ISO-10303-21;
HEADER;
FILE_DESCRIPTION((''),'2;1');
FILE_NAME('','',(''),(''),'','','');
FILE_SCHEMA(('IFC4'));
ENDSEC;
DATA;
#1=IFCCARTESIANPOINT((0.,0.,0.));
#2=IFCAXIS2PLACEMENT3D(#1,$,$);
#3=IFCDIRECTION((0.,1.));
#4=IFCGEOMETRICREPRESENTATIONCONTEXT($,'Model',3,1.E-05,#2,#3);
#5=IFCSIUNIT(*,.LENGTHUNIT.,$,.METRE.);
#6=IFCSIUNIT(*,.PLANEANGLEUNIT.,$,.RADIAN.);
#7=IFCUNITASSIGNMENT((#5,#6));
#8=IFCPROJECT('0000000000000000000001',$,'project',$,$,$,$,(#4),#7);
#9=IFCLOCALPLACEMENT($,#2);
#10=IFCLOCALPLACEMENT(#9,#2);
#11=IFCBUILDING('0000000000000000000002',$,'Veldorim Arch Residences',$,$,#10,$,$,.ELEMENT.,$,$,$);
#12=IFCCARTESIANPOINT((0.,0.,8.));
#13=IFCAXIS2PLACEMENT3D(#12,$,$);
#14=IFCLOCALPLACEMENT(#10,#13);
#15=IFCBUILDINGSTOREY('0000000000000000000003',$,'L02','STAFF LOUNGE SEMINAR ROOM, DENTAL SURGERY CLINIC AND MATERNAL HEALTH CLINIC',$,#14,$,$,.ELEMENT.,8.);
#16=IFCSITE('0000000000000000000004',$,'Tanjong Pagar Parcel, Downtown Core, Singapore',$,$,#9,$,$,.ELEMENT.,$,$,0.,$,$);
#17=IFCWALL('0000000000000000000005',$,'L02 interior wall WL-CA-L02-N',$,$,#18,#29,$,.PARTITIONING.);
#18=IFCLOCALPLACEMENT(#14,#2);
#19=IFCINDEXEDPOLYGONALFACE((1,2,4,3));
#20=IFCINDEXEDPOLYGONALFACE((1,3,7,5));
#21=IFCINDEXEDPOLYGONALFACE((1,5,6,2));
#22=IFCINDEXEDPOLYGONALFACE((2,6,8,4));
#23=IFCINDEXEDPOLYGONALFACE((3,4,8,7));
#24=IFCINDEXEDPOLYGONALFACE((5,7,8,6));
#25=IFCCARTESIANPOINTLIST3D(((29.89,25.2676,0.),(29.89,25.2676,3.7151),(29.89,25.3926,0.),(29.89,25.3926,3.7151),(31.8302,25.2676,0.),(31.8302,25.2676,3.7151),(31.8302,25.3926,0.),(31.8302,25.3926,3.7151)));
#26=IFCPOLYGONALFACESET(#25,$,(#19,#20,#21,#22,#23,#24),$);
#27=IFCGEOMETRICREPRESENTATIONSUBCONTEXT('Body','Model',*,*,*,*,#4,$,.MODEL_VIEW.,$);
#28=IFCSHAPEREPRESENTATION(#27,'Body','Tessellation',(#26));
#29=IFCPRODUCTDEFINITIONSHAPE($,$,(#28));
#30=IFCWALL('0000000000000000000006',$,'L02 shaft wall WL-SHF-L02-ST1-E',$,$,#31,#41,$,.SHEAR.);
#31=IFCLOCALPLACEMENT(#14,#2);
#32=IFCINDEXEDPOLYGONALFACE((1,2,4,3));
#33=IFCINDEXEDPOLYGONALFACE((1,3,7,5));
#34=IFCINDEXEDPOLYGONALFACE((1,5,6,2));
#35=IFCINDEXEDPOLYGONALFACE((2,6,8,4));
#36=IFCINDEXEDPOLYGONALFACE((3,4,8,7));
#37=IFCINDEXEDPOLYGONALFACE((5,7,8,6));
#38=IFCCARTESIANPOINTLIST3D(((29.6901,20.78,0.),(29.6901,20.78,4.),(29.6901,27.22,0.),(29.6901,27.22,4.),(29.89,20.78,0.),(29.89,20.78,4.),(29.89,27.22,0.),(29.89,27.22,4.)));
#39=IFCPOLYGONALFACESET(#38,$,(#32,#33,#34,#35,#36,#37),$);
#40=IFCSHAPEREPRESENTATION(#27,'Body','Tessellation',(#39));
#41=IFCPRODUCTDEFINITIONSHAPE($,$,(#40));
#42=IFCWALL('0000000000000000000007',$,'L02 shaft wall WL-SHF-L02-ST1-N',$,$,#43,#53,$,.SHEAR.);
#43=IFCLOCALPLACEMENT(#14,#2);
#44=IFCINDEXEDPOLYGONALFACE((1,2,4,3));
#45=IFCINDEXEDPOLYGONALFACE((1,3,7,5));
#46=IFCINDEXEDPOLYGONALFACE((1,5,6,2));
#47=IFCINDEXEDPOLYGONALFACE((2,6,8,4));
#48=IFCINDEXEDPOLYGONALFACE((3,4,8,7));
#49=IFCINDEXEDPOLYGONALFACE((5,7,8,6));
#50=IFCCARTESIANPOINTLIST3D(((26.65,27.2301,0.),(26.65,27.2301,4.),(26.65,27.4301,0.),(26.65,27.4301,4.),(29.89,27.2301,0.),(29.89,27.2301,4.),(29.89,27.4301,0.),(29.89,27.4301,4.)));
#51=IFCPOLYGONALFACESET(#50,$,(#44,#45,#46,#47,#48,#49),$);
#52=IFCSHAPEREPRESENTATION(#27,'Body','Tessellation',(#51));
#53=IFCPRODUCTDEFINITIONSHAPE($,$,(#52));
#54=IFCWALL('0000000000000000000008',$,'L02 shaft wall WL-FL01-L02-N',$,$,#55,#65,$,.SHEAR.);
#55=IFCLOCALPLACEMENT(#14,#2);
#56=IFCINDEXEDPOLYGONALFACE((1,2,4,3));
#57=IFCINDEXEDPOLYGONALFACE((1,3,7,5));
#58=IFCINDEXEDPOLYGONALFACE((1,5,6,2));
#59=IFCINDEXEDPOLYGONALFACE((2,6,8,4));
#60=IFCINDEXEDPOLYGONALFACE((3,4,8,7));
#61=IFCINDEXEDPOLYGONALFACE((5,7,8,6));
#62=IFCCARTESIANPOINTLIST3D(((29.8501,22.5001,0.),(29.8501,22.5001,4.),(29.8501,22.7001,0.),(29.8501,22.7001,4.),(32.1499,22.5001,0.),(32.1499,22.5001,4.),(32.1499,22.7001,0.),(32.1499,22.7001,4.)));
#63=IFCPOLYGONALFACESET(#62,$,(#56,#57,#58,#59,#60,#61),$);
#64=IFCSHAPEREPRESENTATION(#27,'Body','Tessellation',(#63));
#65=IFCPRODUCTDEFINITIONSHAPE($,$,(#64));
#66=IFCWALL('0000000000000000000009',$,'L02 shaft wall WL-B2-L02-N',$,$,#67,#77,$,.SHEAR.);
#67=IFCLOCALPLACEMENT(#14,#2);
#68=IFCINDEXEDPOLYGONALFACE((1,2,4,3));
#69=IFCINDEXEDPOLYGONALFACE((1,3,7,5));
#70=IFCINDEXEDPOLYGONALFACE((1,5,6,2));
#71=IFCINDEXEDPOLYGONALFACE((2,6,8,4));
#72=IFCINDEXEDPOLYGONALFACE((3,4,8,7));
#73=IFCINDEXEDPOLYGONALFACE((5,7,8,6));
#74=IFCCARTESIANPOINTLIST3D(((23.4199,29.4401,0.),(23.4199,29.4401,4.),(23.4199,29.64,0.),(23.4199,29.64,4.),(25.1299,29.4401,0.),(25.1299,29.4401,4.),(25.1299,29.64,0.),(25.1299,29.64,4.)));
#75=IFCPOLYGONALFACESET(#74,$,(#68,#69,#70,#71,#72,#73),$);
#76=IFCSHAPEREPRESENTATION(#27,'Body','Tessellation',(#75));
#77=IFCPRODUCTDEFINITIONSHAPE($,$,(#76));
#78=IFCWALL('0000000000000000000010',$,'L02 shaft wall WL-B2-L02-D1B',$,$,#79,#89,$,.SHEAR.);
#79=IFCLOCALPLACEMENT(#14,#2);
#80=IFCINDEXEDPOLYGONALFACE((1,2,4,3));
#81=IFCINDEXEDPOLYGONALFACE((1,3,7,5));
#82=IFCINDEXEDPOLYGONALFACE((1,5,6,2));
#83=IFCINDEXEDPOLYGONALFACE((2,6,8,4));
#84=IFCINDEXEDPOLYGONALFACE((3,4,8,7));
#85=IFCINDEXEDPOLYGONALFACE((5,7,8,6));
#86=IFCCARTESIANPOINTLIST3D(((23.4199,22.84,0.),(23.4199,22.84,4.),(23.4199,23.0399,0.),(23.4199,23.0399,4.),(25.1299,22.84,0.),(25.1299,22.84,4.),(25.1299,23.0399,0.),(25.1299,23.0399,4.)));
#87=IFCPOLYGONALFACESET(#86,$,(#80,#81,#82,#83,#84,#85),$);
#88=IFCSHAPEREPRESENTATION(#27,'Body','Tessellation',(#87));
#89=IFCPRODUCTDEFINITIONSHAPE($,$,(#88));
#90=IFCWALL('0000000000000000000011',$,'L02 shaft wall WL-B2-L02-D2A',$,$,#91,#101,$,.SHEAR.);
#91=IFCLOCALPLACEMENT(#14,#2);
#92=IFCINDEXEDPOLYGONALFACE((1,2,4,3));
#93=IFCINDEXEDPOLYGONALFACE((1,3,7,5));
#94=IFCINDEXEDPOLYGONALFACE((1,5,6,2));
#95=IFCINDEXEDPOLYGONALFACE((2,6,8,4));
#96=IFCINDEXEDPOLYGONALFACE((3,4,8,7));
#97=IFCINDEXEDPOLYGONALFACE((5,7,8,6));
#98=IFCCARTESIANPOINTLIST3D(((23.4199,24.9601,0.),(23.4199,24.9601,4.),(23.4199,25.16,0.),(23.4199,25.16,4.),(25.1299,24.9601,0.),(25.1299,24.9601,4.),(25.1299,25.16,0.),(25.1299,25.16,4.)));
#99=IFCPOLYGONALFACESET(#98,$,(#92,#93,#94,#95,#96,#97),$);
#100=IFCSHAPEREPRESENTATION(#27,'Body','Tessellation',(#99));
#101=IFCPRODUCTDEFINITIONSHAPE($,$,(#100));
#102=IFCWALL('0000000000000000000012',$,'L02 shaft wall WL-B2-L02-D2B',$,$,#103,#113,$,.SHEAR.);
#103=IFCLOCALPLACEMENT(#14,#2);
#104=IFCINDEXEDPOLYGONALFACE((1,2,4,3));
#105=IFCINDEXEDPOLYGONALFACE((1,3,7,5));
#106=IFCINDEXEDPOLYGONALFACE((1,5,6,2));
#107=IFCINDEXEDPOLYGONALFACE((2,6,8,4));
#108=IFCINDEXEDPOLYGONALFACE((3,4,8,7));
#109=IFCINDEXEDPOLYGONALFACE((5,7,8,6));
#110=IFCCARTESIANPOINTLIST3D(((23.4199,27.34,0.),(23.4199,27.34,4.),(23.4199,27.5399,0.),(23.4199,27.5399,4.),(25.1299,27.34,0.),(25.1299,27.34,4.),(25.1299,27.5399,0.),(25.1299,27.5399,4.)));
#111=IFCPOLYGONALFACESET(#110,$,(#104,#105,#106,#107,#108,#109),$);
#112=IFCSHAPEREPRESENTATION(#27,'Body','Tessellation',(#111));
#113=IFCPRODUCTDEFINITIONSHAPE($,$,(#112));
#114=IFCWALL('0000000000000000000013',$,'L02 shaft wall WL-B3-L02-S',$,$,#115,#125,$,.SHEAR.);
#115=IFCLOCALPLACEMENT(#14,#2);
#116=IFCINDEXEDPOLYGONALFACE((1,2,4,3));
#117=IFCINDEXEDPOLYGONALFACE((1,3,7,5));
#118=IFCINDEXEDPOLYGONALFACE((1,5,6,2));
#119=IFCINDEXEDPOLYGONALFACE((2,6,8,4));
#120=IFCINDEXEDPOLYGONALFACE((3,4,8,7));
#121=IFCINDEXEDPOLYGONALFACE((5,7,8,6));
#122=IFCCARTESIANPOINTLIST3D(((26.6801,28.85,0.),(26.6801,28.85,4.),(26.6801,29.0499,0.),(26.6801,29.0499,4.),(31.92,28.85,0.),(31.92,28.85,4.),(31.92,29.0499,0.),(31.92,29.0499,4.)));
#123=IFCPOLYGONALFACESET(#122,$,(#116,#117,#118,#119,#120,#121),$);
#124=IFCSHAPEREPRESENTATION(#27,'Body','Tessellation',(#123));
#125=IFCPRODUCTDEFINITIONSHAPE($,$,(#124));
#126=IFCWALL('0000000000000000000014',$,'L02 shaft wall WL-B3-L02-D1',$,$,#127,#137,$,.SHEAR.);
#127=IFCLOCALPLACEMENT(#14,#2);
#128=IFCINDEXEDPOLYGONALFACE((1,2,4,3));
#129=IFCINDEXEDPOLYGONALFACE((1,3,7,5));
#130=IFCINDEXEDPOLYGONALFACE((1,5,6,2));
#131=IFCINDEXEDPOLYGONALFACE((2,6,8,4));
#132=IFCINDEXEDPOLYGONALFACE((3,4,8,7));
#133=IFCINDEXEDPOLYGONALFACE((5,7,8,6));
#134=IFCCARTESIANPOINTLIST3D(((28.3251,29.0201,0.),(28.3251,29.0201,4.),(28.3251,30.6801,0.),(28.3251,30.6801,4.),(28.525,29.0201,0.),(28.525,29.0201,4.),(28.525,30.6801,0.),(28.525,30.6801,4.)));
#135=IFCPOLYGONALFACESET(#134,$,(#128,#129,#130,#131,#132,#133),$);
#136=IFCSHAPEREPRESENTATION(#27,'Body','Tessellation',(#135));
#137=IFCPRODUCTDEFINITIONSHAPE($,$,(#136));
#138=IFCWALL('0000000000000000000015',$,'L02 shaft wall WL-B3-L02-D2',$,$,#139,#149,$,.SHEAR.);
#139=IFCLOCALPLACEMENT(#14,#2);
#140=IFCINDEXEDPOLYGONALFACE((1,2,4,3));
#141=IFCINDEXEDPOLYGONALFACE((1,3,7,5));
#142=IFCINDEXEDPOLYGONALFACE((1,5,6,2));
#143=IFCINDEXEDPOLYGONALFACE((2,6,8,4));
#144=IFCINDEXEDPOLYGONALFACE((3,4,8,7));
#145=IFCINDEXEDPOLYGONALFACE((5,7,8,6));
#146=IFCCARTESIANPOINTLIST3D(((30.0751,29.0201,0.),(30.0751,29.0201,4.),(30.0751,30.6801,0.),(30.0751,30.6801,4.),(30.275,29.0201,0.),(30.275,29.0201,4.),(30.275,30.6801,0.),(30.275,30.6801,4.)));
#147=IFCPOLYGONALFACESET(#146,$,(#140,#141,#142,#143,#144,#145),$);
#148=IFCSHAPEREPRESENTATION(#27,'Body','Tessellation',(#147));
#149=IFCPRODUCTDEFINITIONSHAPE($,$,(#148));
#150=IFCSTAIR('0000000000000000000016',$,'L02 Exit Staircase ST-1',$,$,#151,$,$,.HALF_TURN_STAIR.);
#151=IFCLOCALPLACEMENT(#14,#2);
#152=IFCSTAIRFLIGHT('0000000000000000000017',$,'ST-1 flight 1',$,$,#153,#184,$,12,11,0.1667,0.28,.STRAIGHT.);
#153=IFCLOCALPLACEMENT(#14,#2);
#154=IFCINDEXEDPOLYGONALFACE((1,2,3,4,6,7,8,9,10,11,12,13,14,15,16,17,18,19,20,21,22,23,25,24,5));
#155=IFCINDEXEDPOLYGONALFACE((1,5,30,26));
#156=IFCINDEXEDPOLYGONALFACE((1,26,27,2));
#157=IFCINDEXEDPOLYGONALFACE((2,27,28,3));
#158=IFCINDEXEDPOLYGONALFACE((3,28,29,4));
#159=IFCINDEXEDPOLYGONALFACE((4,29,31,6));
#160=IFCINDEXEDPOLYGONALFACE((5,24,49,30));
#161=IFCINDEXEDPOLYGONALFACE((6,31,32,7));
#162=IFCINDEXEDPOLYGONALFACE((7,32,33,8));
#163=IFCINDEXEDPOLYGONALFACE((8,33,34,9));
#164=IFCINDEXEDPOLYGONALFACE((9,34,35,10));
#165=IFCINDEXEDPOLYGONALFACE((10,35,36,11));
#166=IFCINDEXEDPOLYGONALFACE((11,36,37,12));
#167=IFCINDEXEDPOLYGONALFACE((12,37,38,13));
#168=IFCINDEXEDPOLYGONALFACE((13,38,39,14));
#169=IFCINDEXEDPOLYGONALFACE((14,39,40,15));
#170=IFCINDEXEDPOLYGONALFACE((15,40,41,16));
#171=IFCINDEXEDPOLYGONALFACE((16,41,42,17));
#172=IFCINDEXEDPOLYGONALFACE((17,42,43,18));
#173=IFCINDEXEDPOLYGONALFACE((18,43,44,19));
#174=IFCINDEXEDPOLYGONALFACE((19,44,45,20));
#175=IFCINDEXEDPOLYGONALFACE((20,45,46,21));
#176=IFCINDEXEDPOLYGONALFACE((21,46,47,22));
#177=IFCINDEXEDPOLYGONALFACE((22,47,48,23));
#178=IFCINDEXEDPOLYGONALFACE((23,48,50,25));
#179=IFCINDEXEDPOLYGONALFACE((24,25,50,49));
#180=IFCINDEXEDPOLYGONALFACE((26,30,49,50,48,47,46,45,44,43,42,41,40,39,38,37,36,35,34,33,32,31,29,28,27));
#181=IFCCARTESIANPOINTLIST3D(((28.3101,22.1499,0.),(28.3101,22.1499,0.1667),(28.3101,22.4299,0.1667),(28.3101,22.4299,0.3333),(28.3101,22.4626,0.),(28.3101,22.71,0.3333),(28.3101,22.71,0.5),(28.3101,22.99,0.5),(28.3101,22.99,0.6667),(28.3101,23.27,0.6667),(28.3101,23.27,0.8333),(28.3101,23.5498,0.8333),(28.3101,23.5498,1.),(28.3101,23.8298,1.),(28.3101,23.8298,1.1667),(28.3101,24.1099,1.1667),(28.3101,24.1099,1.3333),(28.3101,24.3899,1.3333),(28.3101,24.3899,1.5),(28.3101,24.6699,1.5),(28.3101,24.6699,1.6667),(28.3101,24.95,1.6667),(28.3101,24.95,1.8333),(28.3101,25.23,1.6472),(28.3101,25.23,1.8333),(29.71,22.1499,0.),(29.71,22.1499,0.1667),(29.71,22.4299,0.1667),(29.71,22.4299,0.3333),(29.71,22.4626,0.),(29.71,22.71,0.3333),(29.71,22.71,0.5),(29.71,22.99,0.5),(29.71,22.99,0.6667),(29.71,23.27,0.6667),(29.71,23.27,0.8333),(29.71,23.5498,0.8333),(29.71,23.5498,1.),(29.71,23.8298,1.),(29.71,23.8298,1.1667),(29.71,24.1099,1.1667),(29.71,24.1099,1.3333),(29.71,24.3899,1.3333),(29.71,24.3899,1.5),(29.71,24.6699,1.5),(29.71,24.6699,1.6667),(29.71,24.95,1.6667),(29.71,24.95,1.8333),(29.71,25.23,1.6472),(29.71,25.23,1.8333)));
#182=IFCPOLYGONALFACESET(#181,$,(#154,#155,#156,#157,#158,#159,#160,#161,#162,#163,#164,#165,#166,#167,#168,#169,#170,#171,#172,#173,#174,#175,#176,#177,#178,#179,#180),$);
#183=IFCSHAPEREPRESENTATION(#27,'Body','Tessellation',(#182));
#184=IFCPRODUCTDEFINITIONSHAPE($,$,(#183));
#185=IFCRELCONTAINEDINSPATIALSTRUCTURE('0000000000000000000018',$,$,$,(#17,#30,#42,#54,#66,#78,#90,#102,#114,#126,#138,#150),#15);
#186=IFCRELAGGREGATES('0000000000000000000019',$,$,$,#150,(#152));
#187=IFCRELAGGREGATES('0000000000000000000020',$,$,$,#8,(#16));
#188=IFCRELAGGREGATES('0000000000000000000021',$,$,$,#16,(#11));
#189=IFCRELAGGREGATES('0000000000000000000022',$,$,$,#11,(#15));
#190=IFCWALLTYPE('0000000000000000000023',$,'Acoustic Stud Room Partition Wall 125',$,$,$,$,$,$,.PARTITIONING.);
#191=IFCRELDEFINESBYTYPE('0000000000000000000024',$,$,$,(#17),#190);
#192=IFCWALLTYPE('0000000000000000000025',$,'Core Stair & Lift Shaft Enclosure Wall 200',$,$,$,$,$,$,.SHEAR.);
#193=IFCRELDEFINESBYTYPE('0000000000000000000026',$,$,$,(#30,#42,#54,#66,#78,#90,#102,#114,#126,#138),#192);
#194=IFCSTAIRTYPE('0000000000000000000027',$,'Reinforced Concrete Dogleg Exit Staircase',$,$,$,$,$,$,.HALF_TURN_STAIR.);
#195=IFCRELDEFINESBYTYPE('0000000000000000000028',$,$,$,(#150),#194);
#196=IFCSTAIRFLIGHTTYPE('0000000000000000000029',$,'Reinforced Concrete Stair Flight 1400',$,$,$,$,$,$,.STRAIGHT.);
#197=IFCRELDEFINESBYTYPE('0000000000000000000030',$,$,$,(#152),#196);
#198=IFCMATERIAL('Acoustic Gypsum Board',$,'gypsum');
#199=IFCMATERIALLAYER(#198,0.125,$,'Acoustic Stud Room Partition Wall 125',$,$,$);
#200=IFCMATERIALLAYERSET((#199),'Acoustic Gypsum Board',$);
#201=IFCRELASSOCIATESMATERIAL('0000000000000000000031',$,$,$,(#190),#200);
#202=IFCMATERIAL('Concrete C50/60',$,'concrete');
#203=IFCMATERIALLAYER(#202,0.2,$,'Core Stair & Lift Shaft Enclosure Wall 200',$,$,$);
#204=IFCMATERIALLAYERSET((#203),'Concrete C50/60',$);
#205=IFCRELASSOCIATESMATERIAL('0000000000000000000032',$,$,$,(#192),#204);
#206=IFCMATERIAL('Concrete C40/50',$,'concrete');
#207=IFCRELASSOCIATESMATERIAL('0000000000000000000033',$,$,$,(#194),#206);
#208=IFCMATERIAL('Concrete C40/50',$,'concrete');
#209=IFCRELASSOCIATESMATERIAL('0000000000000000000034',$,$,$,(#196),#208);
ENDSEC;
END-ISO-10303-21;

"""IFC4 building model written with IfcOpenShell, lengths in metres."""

from ifc_helpers import new_model, si_unit, direction, frame, frame_2d, origin, place, context, subcontext, project, spatial, polyline, rectangle, outline, extrude, material, layer, layer_set, type_object, element, aggregate, save


model = new_model("IFC4")

# Units and contexts
model_context = context("Model", 3, precision=1e-05, world=origin(), true_north=direction((0.0, 1.0)))
body_context = subcontext(model_context, "Body", "Model", "MODEL_VIEW")
ifc_project = project(units=[si_unit("LENGTHUNIT", "METRE"), si_unit("PLANEANGLEUNIT", "RADIAN")], contexts=[model_context])

# Site, building, storey
site_placement = place(None, origin())
site = spatial("IfcSite", under=ifc_project, at=site_placement, Name="Tanjong Pagar Parcel, Downtown Core, Singapore", CompositionType="ELEMENT", RefElevation=0.0)
building_placement = place(site_placement, origin())
building = spatial("IfcBuilding", under=site, at=building_placement, Name="Veldorim Arch Residences", CompositionType="ELEMENT")
storey_placement = place(building_placement, frame((0.0, 0.0, 8.0)))
storey = spatial("IfcBuildingStorey", under=building, at=storey_placement, Name="L02", Description="STAFF LOUNGE SEMINAR ROOM, DENTAL SURGERY CLINIC AND MATERNAL HEALTH CLINIC", CompositionType="ELEMENT", Elevation=8.0)

# Walls
ifc_material_1 = material(Name="Acoustic Gypsum Board", Category="gypsum")
ifc_layer_1 = layer(ifc_material_1, 0.125, Name="Acoustic Stud Room Partition Wall 125")
ifc_layer_set_1 = layer_set([ifc_layer_1], Name="Acoustic Gypsum Board")
wall_type_1 = type_object("IfcWallType", Name="Acoustic Stud Room Partition Wall 125", PredefinedType="PARTITIONING", material=ifc_layer_set_1)
wall_1_placement = place(storey_placement, frame((29.8899, 25.3301, 0.0), z_axis=(0.0, 0.0, 1.0), x_axis=(1.0, 0.0, 0.0)))
element("IfcWall", 1, at=wall_1_placement, inside=storey, type_object=wall_type_1, Name="L02 interior wall WL-CA-L02-N", PredefinedType="PARTITIONING", context=body_context, shape_type="SweptSolid", body=[
    extrude(rectangle(XDim=1.9402, YDim=0.125, at=frame_2d((0.9702, 0.0))), origin(), (0.0, 0.0, 1.0), 3.7151),
])
ifc_material_2 = material(Name="Concrete C50/60", Category="concrete")
ifc_layer_2 = layer(ifc_material_2, 0.2, Name="Core Stair & Lift Shaft Enclosure Wall 200")
ifc_layer_set_2 = layer_set([ifc_layer_2], Name="Concrete C50/60")
wall_type_2 = type_object("IfcWallType", Name="Core Stair & Lift Shaft Enclosure Wall 200", PredefinedType="SHEAR", material=ifc_layer_set_2)
wall_2_placement = place(storey_placement, frame((29.79, 20.78, 0.0), z_axis=(0.0, 0.0, 1.0), x_axis=(0.0, 1.0, 0.0)))
element("IfcWall", 2, at=wall_2_placement, inside=storey, type_object=wall_type_2, Name="L02 shaft wall WL-SHF-L02-ST1-E", PredefinedType="SHEAR", context=body_context, shape_type="SweptSolid", body=[
    extrude(rectangle(XDim=6.4399, YDim=0.2, at=frame_2d((3.22, 0.0))), origin(), (0.0, 0.0, 1.0), 4.0),
])
wall_3_placement = place(storey_placement, frame((26.6499, 27.3301, 0.0), z_axis=(0.0, 0.0, 1.0), x_axis=(1.0, 0.0, 0.0)))
element("IfcWall", 3, at=wall_3_placement, inside=storey, type_object=wall_type_2, Name="L02 shaft wall WL-SHF-L02-ST1-N", PredefinedType="SHEAR", context=body_context, shape_type="SweptSolid", body=[
    extrude(rectangle(XDim=3.24, YDim=0.2, at=frame_2d((1.6201, 0.0))), origin(), (0.0, 0.0, 1.0), 4.0),
])

# Walls
wall_4_placement = place(storey_placement, frame((29.8501, 22.6001, 0.0), z_axis=(0.0, 0.0, 1.0), x_axis=(1.0, 0.0, 0.0)))
element("IfcWall", 4, at=wall_4_placement, inside=storey, type_object=wall_type_2, Name="L02 shaft wall WL-FL01-L02-N", PredefinedType="SHEAR", context=body_context, shape_type="SweptSolid", body=[
    extrude(rectangle(XDim=2.2998, YDim=0.2, at=frame_2d((1.1499, 0.0))), origin(), (0.0, 0.0, 1.0), 4.0),
])
for number, where, z_axis, x_axis, name in (
    (5, (23.4199, 29.54, 0.0), (0.0, 0.0, 1.0), (1.0, 0.0, 0.0), "L02 shaft wall WL-B2-L02-N"),
    (6, (23.4199, 22.9399, 0.0), (0.0, 0.0, 1.0), (1.0, 0.0, 0.0), "L02 shaft wall WL-B2-L02-D1B"),
    (7, (23.4199, 25.0601, 0.0), (0.0, 0.0, 1.0), (1.0, 0.0, 0.0), "L02 shaft wall WL-B2-L02-D2A"),
    (8, (23.4199, 27.4399, 0.0), (0.0, 0.0, 1.0), (1.0, 0.0, 0.0), "L02 shaft wall WL-B2-L02-D2B"),
):
    element("IfcWall", number, at=place(storey_placement, frame(where, z_axis=z_axis, x_axis=x_axis)), inside=storey, type_object=wall_type_2, Name=name, PredefinedType="SHEAR", context=body_context, shape_type="SweptSolid", body=[
        extrude(rectangle(XDim=1.71, YDim=0.2, at=frame_2d((0.855, 0.0))), origin(), (0.0, 0.0, 1.0), 4.0),
    ])
wall_5_placement = place(storey_placement, frame((26.6799, 28.95, 0.0), z_axis=(0.0, 0.0, 1.0), x_axis=(1.0, 0.0, 0.0)))
element("IfcWall", 9, at=wall_5_placement, inside=storey, type_object=wall_type_2, Name="L02 shaft wall WL-B3-L02-S", PredefinedType="SHEAR", context=body_context, shape_type="SweptSolid", body=[
    extrude(rectangle(XDim=5.24, YDim=0.2, at=frame_2d((2.6201, 0.0))), origin(), (0.0, 0.0, 1.0), 4.0),
])
for number, where, z_axis, x_axis, name in (
    (10, (28.425, 29.02, 0.0), (0.0, 0.0, 1.0), (0.0, 1.0, 0.0), "L02 shaft wall WL-B3-L02-D1"),
    (11, (30.175, 29.02, 0.0), (0.0, 0.0, 1.0), (0.0, 1.0, 0.0), "L02 shaft wall WL-B3-L02-D2"),
):
    element("IfcWall", number, at=place(storey_placement, frame(where, z_axis=z_axis, x_axis=x_axis)), inside=storey, type_object=wall_type_2, Name=name, PredefinedType="SHEAR", context=body_context, shape_type="SweptSolid", body=[
        extrude(rectangle(XDim=1.6599, YDim=0.2, at=frame_2d((0.8301, 0.0))), origin(), (0.0, 0.0, 1.0), 4.0),
    ])

# Stair, stair flight
ifc_material_3 = material(Name="Concrete C40/50", Category="concrete")
stair_type = type_object("IfcStairType", Name="Reinforced Concrete Dogleg Exit Staircase", PredefinedType="HALF_TURN_STAIR", material=ifc_material_3)
stair_placement = place(storey_placement, origin())
stair = element("IfcStair", 12, at=stair_placement, inside=storey, type_object=stair_type, Name="L02 Exit Staircase ST-1", PredefinedType="HALF_TURN_STAIR")
ifc_material_4 = material(Name="Concrete C40/50", Category="concrete")
stair_flight_type = type_object("IfcStairFlightType", Name="Reinforced Concrete Stair Flight 1400", PredefinedType="STRAIGHT", material=ifc_material_4)
stair_flight_1_placement = place(storey_placement, frame((29.01, 22.1499, 0.0), z_axis=(0.0, 0.0, 1.0), x_axis=(0.0, 1.0, 0.0)))
stair_flight_1 = element("IfcStairFlight", 13, at=stair_flight_1_placement, type_object=stair_flight_type, Name="ST-1 flight 1", NumberOfRisers=12, NumberOfTreads=11, PredefinedType="STRAIGHT", RiserHeight=0.1667, TreadLength=0.28, context=body_context, shape_type="SweptSolid", body=[
    extrude(outline(polyline([(0.0, 0.0), (0.0, 0.1667), (0.28, 0.1667), (0.28, 0.3333), (0.5601, 0.3333), (0.5601, 0.5), (0.8401, 0.5), (0.8401, 0.6667), (1.1201, 0.6667), (1.1201, 0.8333), (1.3999, 0.8333), (1.3999, 1.0), (1.6799, 1.0), (1.6799, 1.1667), (1.96, 1.1667), (1.96, 1.3333), (2.24, 1.3333), (2.24, 1.5), (2.52, 1.5), (2.52, 1.6667), (2.8, 1.6667), (2.8, 1.8333), (3.0801, 1.8333), (3.0801, 2.0), (3.0801, 1.6472), (0.3127, 0.0), (0.0, 0.0)])), frame((0.0, 0.7, 0.0), z_axis=(0.0, -1.0, 0.0), x_axis=(1.0, 0.0, 0.0)), (0.0, 0.0, 1.0), 1.3999),
])
aggregate(stair, [stair_flight_1])

save(model, "model.ifc")
